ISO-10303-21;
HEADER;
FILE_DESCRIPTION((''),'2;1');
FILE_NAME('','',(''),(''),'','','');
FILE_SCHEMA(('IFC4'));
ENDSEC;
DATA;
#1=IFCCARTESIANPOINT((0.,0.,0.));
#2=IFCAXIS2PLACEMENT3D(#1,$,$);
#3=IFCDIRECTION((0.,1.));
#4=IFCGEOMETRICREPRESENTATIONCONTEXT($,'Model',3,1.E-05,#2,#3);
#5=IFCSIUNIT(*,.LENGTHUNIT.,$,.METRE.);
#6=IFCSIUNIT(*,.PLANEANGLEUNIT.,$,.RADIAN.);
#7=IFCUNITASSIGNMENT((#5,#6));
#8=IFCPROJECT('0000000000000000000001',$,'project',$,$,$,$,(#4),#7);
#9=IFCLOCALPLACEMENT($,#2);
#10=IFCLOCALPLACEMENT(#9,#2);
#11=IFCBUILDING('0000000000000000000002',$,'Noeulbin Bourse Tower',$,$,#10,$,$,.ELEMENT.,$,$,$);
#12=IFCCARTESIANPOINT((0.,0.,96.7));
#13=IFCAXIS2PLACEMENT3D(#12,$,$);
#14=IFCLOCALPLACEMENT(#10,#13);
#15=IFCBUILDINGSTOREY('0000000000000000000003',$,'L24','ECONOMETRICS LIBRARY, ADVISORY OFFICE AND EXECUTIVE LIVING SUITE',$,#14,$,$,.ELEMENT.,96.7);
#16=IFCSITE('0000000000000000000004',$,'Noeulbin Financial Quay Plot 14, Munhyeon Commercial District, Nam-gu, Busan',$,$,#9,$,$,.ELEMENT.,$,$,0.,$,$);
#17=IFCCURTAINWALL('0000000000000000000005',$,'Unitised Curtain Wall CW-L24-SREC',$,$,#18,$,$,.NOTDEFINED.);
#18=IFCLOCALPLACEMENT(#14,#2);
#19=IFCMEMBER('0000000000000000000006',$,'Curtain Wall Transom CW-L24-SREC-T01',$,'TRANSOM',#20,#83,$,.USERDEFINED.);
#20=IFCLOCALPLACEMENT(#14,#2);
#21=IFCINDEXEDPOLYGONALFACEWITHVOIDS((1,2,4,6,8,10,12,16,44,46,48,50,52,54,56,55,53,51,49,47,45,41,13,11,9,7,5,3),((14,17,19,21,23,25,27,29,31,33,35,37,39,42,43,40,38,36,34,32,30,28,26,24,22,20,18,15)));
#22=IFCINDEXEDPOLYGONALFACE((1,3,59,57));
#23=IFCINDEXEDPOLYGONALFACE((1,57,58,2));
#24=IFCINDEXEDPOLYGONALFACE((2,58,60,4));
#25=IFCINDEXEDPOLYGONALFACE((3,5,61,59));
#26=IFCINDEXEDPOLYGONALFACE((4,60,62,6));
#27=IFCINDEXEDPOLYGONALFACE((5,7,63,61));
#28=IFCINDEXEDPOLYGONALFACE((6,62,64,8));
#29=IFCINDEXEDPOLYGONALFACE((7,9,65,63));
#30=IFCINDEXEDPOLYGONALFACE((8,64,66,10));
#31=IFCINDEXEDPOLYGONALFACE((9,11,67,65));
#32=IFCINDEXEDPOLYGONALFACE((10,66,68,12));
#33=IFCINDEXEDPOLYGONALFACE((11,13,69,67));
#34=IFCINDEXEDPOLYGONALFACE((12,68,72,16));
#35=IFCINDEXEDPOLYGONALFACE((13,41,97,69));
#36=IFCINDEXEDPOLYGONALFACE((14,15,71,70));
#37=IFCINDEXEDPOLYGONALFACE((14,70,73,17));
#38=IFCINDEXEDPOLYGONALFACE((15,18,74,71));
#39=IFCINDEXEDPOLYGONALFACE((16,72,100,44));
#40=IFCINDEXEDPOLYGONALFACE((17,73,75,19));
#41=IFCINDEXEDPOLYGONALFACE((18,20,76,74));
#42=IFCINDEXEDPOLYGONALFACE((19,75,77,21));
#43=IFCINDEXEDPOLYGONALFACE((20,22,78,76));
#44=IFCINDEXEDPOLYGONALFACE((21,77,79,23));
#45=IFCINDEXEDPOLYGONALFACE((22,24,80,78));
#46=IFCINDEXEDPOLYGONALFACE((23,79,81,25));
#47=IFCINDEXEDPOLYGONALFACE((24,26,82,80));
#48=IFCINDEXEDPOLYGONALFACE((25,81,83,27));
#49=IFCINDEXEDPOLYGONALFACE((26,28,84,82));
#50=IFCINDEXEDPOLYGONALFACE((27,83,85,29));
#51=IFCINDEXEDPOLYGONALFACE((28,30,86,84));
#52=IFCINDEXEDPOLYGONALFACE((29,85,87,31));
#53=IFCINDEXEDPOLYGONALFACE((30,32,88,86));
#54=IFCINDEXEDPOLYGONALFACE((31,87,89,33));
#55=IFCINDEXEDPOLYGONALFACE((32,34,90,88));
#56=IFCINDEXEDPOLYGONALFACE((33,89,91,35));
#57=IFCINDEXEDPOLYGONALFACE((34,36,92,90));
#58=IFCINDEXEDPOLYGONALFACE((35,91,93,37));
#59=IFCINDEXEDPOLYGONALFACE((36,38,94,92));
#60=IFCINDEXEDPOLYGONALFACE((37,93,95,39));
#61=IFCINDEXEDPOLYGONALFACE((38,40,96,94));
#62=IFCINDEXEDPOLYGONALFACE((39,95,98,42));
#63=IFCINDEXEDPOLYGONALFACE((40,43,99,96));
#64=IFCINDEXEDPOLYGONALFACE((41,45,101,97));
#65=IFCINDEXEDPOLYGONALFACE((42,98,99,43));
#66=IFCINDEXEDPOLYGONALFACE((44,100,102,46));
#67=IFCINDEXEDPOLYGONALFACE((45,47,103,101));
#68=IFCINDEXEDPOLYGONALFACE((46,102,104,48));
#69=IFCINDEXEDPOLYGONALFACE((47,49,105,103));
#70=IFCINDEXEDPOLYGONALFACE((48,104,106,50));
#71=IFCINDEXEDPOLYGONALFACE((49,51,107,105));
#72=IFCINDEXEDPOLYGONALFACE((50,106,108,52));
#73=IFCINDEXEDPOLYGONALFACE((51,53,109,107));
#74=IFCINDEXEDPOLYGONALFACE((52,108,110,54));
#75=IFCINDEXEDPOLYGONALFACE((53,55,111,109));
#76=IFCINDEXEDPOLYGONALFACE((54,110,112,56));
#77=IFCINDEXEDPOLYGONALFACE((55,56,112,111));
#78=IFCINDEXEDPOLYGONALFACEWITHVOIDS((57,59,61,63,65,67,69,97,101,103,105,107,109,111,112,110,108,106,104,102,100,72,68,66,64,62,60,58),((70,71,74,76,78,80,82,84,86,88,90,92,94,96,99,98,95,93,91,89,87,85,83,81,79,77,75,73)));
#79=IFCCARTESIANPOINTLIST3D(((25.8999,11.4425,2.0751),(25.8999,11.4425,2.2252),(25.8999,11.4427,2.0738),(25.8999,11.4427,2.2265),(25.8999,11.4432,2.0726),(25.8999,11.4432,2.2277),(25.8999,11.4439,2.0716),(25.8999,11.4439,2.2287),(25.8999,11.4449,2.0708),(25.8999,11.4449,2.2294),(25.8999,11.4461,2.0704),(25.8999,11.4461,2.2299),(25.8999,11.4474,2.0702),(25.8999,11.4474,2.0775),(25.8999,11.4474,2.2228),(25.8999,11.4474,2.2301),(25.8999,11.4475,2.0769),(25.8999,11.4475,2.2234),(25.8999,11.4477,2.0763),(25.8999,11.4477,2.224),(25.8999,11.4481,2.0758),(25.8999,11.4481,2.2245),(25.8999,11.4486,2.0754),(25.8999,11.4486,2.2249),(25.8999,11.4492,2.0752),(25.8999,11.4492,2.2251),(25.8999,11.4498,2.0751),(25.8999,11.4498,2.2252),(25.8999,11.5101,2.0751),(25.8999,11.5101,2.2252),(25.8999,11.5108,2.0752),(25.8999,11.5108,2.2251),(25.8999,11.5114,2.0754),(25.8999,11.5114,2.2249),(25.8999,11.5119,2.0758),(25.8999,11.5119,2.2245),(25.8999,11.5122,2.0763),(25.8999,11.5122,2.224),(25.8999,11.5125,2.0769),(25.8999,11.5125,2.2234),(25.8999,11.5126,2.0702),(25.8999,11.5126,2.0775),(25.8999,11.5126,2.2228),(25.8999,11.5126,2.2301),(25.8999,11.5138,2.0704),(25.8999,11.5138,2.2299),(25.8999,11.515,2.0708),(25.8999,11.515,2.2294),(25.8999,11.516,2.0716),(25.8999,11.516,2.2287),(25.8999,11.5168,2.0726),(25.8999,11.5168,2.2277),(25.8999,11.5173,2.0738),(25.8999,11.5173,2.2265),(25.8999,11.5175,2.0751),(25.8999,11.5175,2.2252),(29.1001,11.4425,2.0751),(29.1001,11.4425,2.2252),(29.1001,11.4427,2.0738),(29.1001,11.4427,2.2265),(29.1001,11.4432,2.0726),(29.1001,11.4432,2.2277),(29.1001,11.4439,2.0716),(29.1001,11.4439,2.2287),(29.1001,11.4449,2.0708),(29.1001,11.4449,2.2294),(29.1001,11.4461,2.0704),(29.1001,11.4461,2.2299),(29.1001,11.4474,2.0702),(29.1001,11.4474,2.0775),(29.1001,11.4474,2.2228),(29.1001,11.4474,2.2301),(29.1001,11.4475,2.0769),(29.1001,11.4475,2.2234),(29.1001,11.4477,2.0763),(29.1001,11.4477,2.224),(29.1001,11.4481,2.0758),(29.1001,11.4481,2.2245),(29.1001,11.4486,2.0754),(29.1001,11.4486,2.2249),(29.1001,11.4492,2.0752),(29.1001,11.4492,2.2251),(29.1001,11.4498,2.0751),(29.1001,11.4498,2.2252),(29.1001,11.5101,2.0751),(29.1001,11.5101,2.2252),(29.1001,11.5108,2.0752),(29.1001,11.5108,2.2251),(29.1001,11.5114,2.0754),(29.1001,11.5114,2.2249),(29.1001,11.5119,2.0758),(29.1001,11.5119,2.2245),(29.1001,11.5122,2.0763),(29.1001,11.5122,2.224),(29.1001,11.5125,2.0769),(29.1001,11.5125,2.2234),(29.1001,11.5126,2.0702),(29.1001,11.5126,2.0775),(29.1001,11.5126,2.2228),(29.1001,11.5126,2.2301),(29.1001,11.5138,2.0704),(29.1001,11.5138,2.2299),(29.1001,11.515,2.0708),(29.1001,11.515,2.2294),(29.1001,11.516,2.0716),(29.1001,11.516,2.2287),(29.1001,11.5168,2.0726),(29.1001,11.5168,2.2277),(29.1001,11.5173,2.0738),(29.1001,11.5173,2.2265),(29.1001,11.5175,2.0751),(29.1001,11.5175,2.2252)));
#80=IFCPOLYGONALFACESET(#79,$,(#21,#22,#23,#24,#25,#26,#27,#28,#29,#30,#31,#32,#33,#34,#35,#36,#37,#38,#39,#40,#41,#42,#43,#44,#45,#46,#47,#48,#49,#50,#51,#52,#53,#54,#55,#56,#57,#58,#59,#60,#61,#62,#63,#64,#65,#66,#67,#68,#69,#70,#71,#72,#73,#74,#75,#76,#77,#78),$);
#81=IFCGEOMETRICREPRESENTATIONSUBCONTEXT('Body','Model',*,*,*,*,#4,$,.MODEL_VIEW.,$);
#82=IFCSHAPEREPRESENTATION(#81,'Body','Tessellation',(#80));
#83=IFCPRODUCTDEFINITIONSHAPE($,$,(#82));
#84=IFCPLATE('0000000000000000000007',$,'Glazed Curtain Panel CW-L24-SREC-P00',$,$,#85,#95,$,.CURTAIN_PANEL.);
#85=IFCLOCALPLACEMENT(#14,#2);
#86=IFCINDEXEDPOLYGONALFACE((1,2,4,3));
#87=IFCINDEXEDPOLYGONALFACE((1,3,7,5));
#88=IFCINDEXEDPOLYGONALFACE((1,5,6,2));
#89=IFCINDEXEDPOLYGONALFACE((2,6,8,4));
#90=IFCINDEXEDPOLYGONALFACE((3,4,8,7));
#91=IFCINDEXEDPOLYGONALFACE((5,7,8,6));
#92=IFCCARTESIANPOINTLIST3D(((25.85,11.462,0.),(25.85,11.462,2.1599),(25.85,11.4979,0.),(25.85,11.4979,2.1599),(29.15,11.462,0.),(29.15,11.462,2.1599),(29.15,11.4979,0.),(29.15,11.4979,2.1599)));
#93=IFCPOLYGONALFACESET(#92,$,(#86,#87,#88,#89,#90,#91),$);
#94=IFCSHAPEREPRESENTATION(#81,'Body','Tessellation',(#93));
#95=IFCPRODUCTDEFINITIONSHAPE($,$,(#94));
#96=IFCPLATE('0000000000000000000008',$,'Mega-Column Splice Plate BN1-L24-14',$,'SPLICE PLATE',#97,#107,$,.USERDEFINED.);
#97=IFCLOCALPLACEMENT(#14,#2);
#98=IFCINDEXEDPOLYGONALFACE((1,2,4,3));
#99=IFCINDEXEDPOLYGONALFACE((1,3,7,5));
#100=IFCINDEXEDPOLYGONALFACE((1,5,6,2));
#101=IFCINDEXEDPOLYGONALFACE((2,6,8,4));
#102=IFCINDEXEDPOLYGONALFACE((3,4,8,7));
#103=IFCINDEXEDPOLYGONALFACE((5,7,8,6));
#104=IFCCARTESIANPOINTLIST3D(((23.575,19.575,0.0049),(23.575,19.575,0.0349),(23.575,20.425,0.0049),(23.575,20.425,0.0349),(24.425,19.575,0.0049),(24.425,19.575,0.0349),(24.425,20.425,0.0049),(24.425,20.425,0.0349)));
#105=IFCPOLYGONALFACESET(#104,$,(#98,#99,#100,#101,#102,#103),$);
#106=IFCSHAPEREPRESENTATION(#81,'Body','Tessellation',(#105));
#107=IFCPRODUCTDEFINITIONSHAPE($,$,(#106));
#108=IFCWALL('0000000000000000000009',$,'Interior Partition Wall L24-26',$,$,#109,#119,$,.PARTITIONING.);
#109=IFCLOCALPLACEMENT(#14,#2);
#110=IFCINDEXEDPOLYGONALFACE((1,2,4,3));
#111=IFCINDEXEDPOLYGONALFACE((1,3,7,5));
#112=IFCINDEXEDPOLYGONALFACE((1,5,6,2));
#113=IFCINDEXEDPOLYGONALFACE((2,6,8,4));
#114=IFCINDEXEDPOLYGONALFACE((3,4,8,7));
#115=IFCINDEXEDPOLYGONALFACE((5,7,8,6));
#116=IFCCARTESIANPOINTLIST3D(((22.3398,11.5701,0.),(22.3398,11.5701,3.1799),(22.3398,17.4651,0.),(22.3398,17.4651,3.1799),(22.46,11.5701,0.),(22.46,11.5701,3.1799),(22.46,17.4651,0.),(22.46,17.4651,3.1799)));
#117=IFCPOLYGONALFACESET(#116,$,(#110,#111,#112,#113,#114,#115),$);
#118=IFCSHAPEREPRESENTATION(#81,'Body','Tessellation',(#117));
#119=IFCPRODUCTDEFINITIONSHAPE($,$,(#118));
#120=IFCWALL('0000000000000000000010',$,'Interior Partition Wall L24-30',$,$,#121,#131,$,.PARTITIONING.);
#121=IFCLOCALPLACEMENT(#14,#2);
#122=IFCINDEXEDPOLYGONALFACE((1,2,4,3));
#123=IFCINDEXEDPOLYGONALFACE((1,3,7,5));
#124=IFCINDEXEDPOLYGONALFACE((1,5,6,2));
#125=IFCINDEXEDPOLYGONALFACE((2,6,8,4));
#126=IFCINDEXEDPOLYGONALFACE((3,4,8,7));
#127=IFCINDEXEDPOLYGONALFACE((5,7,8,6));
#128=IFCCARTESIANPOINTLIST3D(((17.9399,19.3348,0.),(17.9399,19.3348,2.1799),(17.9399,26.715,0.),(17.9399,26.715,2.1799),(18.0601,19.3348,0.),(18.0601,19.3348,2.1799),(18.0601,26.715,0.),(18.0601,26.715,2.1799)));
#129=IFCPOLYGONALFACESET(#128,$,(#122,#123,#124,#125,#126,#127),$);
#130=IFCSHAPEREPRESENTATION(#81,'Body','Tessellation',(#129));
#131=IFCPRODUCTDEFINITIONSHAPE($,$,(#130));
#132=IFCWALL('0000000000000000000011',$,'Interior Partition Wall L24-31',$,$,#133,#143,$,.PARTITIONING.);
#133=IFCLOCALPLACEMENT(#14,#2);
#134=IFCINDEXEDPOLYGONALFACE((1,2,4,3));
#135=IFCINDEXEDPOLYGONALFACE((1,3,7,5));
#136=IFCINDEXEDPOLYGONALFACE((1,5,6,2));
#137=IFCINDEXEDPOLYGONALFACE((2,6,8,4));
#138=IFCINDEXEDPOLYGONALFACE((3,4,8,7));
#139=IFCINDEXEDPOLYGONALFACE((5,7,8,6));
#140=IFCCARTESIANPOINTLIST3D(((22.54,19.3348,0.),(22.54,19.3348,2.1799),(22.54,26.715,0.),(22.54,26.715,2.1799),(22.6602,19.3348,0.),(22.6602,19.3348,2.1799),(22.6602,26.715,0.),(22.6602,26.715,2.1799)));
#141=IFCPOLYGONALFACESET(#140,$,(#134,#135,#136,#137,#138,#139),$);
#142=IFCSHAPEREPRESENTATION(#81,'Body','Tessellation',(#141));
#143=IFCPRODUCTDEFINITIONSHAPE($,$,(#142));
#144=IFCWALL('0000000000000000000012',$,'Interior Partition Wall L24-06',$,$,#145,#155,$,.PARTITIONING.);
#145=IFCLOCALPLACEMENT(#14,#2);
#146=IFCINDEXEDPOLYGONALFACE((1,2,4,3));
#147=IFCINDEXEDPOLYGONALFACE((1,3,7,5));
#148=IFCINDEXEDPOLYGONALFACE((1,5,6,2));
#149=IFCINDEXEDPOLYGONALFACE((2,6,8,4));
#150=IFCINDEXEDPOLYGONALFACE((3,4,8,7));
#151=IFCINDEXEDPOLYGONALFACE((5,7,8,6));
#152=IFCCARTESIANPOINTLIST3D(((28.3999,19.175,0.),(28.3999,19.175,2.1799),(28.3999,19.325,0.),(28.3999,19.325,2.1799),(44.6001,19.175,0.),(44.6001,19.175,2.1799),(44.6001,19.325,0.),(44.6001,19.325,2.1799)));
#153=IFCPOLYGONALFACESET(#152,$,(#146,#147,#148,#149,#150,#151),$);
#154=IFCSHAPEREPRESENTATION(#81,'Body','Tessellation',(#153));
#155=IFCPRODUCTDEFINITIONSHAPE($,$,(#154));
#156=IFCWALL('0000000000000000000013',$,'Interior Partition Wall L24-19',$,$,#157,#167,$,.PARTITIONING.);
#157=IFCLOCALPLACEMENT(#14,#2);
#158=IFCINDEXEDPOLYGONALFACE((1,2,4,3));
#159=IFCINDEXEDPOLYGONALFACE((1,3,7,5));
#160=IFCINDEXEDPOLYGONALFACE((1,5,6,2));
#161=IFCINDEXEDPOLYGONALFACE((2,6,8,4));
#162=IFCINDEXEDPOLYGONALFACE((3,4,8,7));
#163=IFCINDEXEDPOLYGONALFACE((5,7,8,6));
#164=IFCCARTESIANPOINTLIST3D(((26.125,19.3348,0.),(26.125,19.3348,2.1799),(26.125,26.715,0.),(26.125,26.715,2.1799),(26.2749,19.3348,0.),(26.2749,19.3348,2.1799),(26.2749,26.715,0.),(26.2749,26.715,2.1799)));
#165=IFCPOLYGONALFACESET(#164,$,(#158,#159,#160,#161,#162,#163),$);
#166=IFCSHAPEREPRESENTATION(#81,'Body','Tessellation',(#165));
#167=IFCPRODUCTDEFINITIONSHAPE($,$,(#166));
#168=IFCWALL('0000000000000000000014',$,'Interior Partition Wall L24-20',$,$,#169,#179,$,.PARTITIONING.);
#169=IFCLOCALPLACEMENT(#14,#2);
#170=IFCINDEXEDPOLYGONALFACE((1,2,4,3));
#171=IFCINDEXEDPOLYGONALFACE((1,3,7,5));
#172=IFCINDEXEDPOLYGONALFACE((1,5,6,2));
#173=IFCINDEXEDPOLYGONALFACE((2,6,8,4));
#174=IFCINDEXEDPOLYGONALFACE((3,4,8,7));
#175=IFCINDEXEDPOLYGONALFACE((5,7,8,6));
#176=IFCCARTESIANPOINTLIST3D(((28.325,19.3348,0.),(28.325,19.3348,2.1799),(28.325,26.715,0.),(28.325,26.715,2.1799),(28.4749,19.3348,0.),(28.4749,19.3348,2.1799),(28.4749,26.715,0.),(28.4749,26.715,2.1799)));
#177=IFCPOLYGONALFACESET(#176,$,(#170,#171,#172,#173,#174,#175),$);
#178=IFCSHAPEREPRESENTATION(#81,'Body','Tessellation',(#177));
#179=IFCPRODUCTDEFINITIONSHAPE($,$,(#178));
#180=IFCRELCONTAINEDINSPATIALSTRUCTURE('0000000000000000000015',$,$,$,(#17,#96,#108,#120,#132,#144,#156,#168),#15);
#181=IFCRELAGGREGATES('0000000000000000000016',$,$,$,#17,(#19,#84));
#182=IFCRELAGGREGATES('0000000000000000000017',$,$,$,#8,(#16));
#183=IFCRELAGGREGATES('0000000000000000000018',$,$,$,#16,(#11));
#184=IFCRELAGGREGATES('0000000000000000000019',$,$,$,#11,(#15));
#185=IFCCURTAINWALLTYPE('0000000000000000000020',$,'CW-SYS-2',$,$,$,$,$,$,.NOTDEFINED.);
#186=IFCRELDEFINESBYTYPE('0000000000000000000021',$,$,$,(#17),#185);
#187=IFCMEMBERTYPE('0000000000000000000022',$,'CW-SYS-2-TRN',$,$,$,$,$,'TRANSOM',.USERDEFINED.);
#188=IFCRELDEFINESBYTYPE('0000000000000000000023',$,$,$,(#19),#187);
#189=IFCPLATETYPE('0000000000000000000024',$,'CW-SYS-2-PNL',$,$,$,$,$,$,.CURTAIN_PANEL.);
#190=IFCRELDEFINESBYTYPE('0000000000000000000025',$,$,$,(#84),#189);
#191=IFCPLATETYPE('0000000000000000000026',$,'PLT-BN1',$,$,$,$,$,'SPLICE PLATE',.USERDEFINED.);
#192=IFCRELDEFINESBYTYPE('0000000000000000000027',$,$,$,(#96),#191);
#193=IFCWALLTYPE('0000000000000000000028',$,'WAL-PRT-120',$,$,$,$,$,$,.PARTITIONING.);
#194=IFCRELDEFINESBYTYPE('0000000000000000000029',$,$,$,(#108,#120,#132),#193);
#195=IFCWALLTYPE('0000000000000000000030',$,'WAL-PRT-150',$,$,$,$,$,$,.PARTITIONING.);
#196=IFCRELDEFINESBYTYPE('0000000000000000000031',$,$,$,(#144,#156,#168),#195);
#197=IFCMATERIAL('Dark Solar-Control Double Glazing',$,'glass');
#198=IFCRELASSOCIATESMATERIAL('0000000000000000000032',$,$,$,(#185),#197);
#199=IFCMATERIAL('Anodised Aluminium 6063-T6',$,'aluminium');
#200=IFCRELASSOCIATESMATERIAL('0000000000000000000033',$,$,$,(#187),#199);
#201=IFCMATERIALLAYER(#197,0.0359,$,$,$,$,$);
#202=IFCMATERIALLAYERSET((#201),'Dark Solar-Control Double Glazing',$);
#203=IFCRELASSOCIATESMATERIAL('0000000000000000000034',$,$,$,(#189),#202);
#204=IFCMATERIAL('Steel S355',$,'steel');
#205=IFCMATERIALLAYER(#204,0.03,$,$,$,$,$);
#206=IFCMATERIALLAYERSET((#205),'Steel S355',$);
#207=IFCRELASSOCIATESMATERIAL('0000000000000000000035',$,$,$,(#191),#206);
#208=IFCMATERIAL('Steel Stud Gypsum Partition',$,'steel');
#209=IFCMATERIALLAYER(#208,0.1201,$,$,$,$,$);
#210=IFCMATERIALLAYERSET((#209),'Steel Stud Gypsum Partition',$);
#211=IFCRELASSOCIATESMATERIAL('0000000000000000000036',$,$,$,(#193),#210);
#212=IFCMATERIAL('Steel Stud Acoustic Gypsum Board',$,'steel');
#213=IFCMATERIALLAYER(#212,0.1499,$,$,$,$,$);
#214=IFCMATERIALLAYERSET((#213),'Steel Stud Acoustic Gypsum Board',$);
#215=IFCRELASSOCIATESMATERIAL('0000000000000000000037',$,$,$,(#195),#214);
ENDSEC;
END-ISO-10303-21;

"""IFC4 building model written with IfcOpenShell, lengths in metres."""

from ifc_helpers import new_model, si_unit, direction, frame, frame_2d, origin, origin_2d, place, context, subcontext, project, spatial, rectangle, hollow_rectangle, extrude, material, layer, layer_set, material_profile, profile_set, type_object, element, aggregate, save


model = new_model("IFC4")

# Units and contexts
model_context = context("Model", 3, precision=1e-05, world=origin(), true_north=direction((0.0, 1.0)))
body_context = subcontext(model_context, "Body", "Model", "MODEL_VIEW")
ifc_project = project(units=[si_unit("LENGTHUNIT", "METRE"), si_unit("PLANEANGLEUNIT", "RADIAN")], contexts=[model_context])

# Site, building, storey
site_placement = place(None, origin())
site = spatial("IfcSite", under=ifc_project, at=site_placement, Name="Noeulbin Financial Quay Plot 14, Munhyeon Commercial District, Nam-gu, Busan", CompositionType="ELEMENT", RefElevation=0.0)
building_placement = place(site_placement, origin())
building = spatial("IfcBuilding", under=site, at=building_placement, Name="Noeulbin Bourse Tower", CompositionType="ELEMENT")
storey_placement = place(building_placement, frame((0.0, 0.0, 96.7)))
storey = spatial("IfcBuildingStorey", under=building, at=storey_placement, Name="L24", Description="ECONOMETRICS LIBRARY, ADVISORY OFFICE AND EXECUTIVE LIVING SUITE", CompositionType="ELEMENT", Elevation=96.7)

# Shared definitions
ifc_material_1 = material(Name="Steel S355", Category="steel")

# Curtain wall, member, plate
ifc_material_2 = material(Name="Dark Solar-Control Double Glazing", Category="glass")
curtain_wall_type = type_object("IfcCurtainWallType", Name="CW-SYS-2", PredefinedType="NOTDEFINED", material=ifc_material_2)
curtain_wall_placement = place(storey_placement, origin())
curtain_wall = element("IfcCurtainWall", 1, at=curtain_wall_placement, inside=storey, type_object=curtain_wall_type, Name="Unitised Curtain Wall CW-L24-SREC", PredefinedType="NOTDEFINED")
ifc_material_3 = material(Name="Anodised Aluminium 6063-T6", Category="aluminium")
ifc_material_profile_1 = material_profile(ifc_material_3, hollow_rectangle(XDim=0.075, YDim=0.1599, WallThickness=0.0049, InnerFilletRadius=0.0024, OuterFilletRadius=0.0049, at=origin_2d()), Name="ALU-TRAN-75x160x5", Category="LoadBearing")
ifc_profile_set_1 = profile_set([ifc_material_profile_1], Name="Anodised Aluminium 6063-T6")
member_type_1 = type_object("IfcMemberType", Name="CW-SYS-2-TRN", ElementType="TRANSOM", PredefinedType="USERDEFINED", material=ifc_profile_set_1)
member_1_placement = place(storey_placement, frame((25.8999, 11.48, 2.1501), z_axis=(1.0, 0.0, 0.0), x_axis=(0.0, 1.0, 0.0)))
member_1 = element("IfcMember", 2, at=member_1_placement, type_object=member_type_1, Name="Curtain Wall Transom CW-L24-SREC-T01", ObjectType="TRANSOM", PredefinedType="USERDEFINED", context=body_context, shape_type="SweptSolid", body=[
    extrude(hollow_rectangle(XDim=0.075, YDim=0.1599, WallThickness=0.0049, InnerFilletRadius=0.0024, OuterFilletRadius=0.0049, at=origin_2d()), origin(), (0.0, 0.0, 1.0), 3.2002),
])
ifc_layer_1 = layer(ifc_material_2, 0.0359)
ifc_layer_set_1 = layer_set([ifc_layer_1], Name="Dark Solar-Control Double Glazing")
plate_type_1 = type_object("IfcPlateType", Name="CW-SYS-2-PNL", PredefinedType="CURTAIN_PANEL", material=ifc_layer_set_1)
plate_1_placement = place(storey_placement, frame((27.5, 11.48, 0.0), z_axis=(0.0, 0.0, 1.0), x_axis=(1.0, 0.0, 0.0)))
plate_1 = element("IfcPlate", 3, at=plate_1_placement, type_object=plate_type_1, Name="Glazed Curtain Panel CW-L24-SREC-P00", PredefinedType="CURTAIN_PANEL", context=body_context, shape_type="SweptSolid", body=[
    extrude(rectangle(XDim=3.3, YDim=0.0359, at=origin_2d()), origin(), (0.0, 0.0, 1.0), 2.1599),
])
aggregate(curtain_wall, [member_1, plate_1])

# Plate
ifc_layer_2 = layer(ifc_material_1, 0.03)
ifc_layer_set_2 = layer_set([ifc_layer_2], Name="Steel S355")
plate_type_2 = type_object("IfcPlateType", Name="PLT-BN1", ElementType="SPLICE PLATE", PredefinedType="USERDEFINED", material=ifc_layer_set_2)
plate_2_placement = place(storey_placement, frame((24.0, 20.0, 0.0049), z_axis=(0.0, 0.0, 1.0), x_axis=(1.0, 0.0, 0.0)))
element("IfcPlate", 4, at=plate_2_placement, inside=storey, type_object=plate_type_2, Name="Mega-Column Splice Plate BN1-L24-14", ObjectType="SPLICE PLATE", PredefinedType="USERDEFINED", context=body_context, shape_type="SweptSolid", body=[
    extrude(rectangle(XDim=0.8501, YDim=0.8501, at=origin_2d()), origin(), (0.0, 0.0, 1.0), 0.03),
])

# Walls
ifc_material_4 = material(Name="Steel Stud Gypsum Partition", Category="steel")
ifc_layer_3 = layer(ifc_material_4, 0.1201)
ifc_layer_set_3 = layer_set([ifc_layer_3], Name="Steel Stud Gypsum Partition")
wall_type_1 = type_object("IfcWallType", Name="WAL-PRT-120", PredefinedType="PARTITIONING", material=ifc_layer_set_3)
wall_1_placement = place(storey_placement, frame((22.3999, 11.5701, 0.0), z_axis=(0.0, 0.0, 1.0), x_axis=(0.0, 1.0, 0.0)))
element("IfcWall", 5, at=wall_1_placement, inside=storey, type_object=wall_type_1, Name="Interior Partition Wall L24-26", PredefinedType="PARTITIONING", context=body_context, shape_type="SweptSolid", body=[
    extrude(rectangle(XDim=5.895, YDim=0.1201, at=frame_2d((2.9475, 0.0))), origin(), (0.0, 0.0, 1.0), 3.1799),
])
for number, where, z_axis, x_axis, name in (
    (6, (18.0, 19.335, 0.0), (0.0, 0.0, 1.0), (0.0, 1.0, 0.0), "Interior Partition Wall L24-30"),
    (7, (22.6001, 19.335, 0.0), (0.0, 0.0, 1.0), (0.0, 1.0, 0.0), "Interior Partition Wall L24-31"),
):
    element("IfcWall", number, at=place(storey_placement, frame(where, z_axis=z_axis, x_axis=x_axis)), inside=storey, type_object=wall_type_1, Name=name, PredefinedType="PARTITIONING", context=body_context, shape_type="SweptSolid", body=[
        extrude(rectangle(XDim=7.3801, YDim=0.1201, at=frame_2d((3.6899, 0.0))), origin(), (0.0, 0.0, 1.0), 2.1799),
    ])
ifc_material_5 = material(Name="Steel Stud Acoustic Gypsum Board", Category="steel")
ifc_layer_4 = layer(ifc_material_5, 0.1499)
ifc_layer_set_4 = layer_set([ifc_layer_4], Name="Steel Stud Acoustic Gypsum Board")
wall_type_2 = type_object("IfcWallType", Name="WAL-PRT-150", PredefinedType="PARTITIONING", material=ifc_layer_set_4)
wall_2_placement = place(storey_placement, frame((28.3999, 19.25, 0.0), z_axis=(0.0, 0.0, 1.0), x_axis=(1.0, 0.0, 0.0)))
element("IfcWall", 8, at=wall_2_placement, inside=storey, type_object=wall_type_2, Name="Interior Partition Wall L24-06", PredefinedType="PARTITIONING", context=body_context, shape_type="SweptSolid", body=[
    extrude(rectangle(XDim=16.2002, YDim=0.1499, at=frame_2d((8.1001, 0.0))), origin(), (0.0, 0.0, 1.0), 2.1799),
])
for number, where, z_axis, x_axis, name in (
    (9, (26.2, 19.335, 0.0), (0.0, 0.0, 1.0), (0.0, 1.0, 0.0), "Interior Partition Wall L24-19"),
    (10, (28.3999, 19.335, 0.0), (0.0, 0.0, 1.0), (0.0, 1.0, 0.0), "Interior Partition Wall L24-20"),
):
    element("IfcWall", number, at=place(storey_placement, frame(where, z_axis=z_axis, x_axis=x_axis)), inside=storey, type_object=wall_type_2, Name=name, PredefinedType="PARTITIONING", context=body_context, shape_type="SweptSolid", body=[
        extrude(rectangle(XDim=7.3801, YDim=0.1499, at=frame_2d((3.6899, 0.0))), origin(), (0.0, 0.0, 1.0), 2.1799),
    ])

save(model, "model.ifc")
